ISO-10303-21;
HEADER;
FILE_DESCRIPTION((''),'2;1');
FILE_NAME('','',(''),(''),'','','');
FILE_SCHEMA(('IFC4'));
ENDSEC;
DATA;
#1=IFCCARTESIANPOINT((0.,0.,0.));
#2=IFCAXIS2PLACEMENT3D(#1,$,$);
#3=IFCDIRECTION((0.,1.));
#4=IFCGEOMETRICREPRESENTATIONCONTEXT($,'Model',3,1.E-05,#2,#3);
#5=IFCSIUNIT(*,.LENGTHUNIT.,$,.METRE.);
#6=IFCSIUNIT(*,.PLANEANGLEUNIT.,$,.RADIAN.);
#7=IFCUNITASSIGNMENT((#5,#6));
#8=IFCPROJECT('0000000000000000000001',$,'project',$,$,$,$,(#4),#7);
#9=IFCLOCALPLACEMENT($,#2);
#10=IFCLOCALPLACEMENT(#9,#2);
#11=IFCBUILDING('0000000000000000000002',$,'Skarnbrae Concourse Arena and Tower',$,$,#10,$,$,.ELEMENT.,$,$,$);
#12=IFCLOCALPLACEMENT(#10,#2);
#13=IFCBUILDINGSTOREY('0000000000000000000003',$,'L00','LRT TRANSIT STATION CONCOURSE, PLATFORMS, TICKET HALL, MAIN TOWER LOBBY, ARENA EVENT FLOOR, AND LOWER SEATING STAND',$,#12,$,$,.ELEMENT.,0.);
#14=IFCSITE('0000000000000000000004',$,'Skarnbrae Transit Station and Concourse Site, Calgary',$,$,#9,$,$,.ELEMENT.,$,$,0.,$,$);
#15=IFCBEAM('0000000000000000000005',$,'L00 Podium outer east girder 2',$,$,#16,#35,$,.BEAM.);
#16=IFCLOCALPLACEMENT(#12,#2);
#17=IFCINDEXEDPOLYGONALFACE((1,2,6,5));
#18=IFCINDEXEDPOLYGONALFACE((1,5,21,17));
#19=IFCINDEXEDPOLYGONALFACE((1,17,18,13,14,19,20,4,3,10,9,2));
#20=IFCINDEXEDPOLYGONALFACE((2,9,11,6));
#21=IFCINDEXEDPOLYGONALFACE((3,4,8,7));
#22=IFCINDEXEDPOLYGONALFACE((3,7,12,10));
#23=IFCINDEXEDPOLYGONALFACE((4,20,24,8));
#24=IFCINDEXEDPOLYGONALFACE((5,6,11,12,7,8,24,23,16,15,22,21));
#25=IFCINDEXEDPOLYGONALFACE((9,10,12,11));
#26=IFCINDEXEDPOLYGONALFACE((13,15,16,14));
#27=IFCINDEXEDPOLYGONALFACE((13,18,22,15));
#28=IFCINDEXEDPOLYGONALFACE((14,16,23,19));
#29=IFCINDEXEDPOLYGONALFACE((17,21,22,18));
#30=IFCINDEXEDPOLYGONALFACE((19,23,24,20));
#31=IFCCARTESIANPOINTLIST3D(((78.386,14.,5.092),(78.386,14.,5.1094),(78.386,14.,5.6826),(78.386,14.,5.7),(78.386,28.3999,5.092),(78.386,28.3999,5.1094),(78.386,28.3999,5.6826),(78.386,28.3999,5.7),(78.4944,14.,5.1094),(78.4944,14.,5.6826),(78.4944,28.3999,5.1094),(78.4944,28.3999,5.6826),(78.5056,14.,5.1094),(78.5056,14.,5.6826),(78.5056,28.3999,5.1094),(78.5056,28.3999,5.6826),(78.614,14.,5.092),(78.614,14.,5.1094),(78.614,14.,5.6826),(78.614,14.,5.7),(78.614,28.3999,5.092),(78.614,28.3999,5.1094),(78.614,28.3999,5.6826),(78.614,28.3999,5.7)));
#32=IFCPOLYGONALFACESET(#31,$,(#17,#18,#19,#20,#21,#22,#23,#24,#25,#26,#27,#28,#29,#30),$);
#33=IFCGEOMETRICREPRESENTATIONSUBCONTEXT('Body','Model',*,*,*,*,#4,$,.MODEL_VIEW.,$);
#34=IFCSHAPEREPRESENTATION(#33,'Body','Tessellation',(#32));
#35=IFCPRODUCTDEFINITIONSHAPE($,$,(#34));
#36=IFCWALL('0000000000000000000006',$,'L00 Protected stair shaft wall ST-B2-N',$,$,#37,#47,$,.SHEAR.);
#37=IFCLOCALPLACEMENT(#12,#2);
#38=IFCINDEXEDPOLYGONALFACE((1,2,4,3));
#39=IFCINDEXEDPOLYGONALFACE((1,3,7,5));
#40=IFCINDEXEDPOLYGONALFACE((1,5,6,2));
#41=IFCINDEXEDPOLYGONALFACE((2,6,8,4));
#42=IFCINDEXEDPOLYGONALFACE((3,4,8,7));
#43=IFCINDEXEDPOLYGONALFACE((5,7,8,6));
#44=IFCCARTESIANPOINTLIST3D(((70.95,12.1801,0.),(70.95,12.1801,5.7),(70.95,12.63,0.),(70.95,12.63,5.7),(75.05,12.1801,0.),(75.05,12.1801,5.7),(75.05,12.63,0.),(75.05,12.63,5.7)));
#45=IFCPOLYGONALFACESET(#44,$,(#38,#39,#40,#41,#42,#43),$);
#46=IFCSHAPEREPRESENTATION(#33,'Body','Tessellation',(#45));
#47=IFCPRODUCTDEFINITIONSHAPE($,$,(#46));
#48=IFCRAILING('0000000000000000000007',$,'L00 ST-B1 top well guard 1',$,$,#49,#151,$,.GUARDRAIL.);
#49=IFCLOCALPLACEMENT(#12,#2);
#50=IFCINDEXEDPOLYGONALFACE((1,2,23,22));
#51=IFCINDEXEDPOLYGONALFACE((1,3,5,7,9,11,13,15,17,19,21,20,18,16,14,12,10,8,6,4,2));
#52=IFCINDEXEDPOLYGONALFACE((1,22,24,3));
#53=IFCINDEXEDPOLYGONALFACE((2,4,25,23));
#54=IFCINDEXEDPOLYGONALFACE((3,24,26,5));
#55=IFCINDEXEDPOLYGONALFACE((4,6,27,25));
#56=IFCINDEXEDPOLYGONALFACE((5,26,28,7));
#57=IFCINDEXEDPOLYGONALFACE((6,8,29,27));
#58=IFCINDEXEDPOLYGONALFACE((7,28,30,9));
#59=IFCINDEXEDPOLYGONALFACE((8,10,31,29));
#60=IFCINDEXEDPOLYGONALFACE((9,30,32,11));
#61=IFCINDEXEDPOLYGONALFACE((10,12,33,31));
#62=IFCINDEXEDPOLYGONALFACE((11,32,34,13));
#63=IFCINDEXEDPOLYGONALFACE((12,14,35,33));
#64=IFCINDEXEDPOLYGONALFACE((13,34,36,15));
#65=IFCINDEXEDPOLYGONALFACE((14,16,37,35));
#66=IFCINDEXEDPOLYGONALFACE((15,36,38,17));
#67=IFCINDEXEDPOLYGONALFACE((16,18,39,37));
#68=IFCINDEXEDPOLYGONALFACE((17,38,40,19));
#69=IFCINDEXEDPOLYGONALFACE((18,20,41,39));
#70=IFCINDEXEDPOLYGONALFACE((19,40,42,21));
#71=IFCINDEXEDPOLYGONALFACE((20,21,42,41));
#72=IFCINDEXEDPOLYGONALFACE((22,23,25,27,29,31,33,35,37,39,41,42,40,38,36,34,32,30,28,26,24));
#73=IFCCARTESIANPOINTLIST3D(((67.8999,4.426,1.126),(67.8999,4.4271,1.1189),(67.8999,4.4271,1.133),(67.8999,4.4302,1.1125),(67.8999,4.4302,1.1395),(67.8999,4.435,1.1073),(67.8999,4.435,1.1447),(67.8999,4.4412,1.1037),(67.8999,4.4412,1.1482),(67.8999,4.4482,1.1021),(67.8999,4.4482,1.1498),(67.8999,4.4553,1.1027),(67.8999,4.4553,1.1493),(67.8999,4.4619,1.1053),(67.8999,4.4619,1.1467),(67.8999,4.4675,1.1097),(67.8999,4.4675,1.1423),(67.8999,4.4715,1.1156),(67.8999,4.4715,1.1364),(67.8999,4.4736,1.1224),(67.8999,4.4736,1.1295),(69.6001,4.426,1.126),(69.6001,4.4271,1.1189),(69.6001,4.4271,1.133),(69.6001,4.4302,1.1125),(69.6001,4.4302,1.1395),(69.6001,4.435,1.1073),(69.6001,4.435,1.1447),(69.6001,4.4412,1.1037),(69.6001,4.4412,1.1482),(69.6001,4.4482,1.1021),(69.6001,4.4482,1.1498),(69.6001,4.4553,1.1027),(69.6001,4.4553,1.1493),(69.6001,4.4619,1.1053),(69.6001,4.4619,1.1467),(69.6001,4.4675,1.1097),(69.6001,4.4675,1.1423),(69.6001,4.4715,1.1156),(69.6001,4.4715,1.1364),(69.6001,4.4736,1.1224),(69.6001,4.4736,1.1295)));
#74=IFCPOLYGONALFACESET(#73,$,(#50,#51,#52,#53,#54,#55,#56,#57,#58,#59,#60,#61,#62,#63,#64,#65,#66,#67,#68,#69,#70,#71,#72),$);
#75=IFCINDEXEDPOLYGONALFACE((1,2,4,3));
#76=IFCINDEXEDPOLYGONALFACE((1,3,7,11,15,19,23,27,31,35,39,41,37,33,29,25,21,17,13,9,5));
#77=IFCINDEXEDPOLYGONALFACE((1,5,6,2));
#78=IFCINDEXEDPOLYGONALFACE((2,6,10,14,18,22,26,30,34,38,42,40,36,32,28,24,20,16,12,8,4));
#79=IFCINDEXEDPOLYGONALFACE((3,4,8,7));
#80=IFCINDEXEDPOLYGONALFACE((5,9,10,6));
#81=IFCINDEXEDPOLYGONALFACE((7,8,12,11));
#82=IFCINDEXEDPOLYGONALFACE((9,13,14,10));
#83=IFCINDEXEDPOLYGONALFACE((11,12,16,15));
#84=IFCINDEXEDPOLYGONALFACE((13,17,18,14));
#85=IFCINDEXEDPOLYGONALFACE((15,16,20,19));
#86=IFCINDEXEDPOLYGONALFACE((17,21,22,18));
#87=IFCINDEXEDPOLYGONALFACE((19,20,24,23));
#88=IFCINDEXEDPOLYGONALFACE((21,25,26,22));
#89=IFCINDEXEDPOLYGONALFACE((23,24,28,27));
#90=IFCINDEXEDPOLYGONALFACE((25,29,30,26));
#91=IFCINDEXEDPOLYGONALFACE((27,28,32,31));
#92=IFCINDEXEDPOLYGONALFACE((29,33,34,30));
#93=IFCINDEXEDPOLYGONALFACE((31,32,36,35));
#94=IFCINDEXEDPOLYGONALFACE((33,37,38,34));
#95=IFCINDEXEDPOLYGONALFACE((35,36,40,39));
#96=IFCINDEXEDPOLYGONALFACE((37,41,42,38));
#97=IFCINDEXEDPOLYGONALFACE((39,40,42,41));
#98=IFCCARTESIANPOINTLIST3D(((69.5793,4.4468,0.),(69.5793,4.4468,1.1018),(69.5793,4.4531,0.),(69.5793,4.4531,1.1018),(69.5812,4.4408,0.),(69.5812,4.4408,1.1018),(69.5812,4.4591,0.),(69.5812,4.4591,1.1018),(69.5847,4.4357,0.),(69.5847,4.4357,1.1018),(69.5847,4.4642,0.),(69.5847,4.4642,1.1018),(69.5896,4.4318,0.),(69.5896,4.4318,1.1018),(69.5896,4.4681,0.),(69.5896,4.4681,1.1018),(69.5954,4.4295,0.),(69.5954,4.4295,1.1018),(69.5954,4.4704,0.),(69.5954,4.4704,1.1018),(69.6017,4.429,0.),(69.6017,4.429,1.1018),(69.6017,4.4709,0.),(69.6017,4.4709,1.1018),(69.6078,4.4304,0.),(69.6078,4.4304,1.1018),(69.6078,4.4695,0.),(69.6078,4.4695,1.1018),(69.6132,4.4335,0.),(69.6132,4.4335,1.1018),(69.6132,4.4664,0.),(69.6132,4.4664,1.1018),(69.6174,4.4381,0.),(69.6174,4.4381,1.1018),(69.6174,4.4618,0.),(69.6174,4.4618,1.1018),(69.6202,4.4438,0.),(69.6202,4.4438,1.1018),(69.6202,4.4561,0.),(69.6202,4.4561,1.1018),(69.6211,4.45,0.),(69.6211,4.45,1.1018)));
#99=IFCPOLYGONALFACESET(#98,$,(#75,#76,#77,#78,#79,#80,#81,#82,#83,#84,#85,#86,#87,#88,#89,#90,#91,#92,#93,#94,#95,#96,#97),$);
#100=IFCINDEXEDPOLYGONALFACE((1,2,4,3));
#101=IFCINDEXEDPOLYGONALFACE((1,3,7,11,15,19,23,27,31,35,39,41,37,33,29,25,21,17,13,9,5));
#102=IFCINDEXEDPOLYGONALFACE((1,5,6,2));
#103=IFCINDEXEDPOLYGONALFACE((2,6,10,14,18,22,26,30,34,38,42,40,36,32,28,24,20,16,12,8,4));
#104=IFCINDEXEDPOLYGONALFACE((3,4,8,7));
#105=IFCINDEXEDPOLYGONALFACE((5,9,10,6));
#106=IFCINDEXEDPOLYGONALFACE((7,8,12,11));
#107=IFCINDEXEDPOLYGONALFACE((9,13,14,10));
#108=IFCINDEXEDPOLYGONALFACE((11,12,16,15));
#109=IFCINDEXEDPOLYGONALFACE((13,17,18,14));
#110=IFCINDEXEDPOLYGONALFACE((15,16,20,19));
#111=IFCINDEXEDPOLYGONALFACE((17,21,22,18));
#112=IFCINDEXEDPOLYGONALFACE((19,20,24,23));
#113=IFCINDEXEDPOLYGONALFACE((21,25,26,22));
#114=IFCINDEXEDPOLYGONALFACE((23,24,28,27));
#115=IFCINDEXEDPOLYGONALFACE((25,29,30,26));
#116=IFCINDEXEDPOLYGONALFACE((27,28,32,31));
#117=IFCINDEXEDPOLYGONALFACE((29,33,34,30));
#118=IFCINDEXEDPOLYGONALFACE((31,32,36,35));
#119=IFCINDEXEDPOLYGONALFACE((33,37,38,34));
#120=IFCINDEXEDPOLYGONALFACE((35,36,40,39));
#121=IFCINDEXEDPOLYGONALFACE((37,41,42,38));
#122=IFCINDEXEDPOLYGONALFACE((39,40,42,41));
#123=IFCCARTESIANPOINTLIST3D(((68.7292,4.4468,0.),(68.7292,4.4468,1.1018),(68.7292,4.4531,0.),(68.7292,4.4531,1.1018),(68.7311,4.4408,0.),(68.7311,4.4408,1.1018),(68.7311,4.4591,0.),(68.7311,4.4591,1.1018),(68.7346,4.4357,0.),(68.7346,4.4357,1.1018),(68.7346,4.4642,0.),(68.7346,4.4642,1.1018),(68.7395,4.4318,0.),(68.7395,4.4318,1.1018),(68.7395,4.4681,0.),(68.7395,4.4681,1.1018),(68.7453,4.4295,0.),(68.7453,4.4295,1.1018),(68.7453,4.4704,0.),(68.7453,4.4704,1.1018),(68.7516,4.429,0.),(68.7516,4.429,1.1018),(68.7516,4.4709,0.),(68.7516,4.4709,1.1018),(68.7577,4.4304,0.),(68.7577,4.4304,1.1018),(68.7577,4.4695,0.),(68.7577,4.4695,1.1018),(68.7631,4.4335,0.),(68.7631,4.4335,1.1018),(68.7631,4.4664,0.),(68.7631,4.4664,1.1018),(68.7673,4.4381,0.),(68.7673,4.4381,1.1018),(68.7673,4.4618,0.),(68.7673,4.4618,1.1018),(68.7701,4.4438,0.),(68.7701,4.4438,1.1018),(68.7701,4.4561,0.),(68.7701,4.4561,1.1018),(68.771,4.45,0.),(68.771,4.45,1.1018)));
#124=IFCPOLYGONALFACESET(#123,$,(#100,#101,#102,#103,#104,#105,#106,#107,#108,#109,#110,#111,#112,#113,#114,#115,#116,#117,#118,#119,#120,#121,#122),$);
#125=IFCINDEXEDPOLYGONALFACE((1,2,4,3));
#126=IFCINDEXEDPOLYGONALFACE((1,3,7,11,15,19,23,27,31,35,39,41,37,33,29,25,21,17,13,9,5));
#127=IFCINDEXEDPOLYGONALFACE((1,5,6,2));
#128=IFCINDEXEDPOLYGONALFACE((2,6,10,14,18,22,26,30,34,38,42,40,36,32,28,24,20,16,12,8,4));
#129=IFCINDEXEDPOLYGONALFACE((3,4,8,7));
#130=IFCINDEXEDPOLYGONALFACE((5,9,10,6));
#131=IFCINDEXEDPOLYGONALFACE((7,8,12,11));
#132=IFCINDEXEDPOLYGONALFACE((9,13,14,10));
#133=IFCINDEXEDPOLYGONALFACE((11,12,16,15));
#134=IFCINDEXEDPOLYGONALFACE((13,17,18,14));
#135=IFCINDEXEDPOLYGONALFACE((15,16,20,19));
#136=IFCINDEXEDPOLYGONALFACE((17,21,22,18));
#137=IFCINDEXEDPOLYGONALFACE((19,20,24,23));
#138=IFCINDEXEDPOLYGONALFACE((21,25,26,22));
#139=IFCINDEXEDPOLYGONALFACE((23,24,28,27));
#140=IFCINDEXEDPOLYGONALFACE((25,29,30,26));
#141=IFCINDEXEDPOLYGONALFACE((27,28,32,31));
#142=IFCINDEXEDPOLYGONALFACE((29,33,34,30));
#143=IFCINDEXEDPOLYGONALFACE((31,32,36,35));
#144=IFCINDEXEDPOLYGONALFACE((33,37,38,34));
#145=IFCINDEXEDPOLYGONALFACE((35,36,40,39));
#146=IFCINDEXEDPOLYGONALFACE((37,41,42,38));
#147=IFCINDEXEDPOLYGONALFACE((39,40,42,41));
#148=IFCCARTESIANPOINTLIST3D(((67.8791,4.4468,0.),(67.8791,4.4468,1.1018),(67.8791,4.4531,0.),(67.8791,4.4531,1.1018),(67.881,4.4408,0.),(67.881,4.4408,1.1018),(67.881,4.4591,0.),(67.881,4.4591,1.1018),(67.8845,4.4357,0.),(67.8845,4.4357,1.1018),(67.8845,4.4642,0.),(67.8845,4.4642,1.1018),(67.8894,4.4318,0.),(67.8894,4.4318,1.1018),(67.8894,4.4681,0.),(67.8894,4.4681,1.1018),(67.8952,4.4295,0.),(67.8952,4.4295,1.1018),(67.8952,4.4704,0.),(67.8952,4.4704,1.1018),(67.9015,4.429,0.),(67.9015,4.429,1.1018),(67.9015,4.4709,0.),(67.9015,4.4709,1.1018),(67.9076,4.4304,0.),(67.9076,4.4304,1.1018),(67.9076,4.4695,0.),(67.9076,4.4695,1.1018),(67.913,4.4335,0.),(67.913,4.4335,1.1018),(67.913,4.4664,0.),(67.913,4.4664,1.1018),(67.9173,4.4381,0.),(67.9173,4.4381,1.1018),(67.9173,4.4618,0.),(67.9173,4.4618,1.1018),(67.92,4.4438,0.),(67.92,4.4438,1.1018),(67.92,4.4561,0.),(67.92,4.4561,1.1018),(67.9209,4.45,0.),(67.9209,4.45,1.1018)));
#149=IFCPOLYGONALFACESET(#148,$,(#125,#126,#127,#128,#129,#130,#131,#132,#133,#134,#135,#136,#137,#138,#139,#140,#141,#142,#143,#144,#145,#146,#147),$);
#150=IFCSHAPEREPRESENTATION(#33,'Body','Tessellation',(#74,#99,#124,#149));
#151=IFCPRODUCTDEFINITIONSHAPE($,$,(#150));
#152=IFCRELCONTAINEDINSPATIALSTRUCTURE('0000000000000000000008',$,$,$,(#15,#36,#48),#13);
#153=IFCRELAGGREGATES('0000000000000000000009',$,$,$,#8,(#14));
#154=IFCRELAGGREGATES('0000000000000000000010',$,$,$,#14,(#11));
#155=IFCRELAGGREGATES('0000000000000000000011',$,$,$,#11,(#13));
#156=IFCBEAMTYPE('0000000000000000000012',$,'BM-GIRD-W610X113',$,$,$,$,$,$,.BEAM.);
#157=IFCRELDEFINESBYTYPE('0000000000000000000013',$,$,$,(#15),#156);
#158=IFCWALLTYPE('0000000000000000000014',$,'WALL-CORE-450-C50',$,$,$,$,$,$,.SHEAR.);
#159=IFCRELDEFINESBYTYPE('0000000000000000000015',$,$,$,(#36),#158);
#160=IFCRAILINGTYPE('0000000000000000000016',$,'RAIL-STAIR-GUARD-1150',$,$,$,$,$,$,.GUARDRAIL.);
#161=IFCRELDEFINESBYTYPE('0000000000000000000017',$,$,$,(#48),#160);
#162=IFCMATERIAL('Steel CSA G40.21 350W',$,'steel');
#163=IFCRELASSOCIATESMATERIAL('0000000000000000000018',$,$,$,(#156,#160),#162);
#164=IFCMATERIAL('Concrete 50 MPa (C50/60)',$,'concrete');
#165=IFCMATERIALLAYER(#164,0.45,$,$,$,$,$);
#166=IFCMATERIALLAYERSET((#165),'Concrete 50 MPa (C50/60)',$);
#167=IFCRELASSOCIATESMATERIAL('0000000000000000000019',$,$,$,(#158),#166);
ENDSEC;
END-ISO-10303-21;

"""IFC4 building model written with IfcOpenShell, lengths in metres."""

from ifc_helpers import new_model, si_unit, direction, frame, frame_2d, origin, origin_2d, place, context, subcontext, project, spatial, rectangle, circle, i_section, extrude, source, transform, mapped, material, layer, layer_set, material_profile, profile_set, type_object, element, save


model = new_model("IFC4")

# Units and contexts
model_context = context("Model", 3, precision=1e-05, world=origin(), true_north=direction((0.0, 1.0)))
body_context = subcontext(model_context, "Body", "Model", "MODEL_VIEW")
ifc_project = project(units=[si_unit("LENGTHUNIT", "METRE"), si_unit("PLANEANGLEUNIT", "RADIAN")], contexts=[model_context])

# Site, building, storey
site_placement = place(None, origin())
site = spatial("IfcSite", under=ifc_project, at=site_placement, Name="Skarnbrae Transit Station and Concourse Site, Calgary", CompositionType="ELEMENT", RefElevation=0.0)
building_placement = place(site_placement, origin())
building = spatial("IfcBuilding", under=site, at=building_placement, Name="Skarnbrae Concourse Arena and Tower", CompositionType="ELEMENT")
storey_placement = place(building_placement, origin())
storey = spatial("IfcBuildingStorey", under=building, at=storey_placement, Name="L00", Description="LRT TRANSIT STATION CONCOURSE, PLATFORMS, TICKET HALL, MAIN TOWER LOBBY, ARENA EVENT FLOOR, AND LOWER SEATING STAND", CompositionType="ELEMENT", Elevation=0.0)

# Shared definitions
ifc_material_1 = material(Name="Steel CSA G40.21 350W", Category="steel")

# Beam
ifc_material_profile_1 = material_profile(ifc_material_1, i_section(OverallWidth=0.228, OverallDepth=0.6079, WebThickness=0.0112, FlangeThickness=0.0173, at=origin_2d()), Name="W610X113")
ifc_profile_set_1 = profile_set([ifc_material_profile_1], Name="Steel CSA G40.21 350W")
beam_type = type_object("IfcBeamType", Name="BM-GIRD-W610X113", PredefinedType="BEAM", material=ifc_profile_set_1)
shared_shape_1 = source(origin(), body_context, "Body", "SweptSolid", [
    extrude(i_section(OverallWidth=0.228, OverallDepth=0.6079, WebThickness=0.0112, FlangeThickness=0.0173, at=origin_2d()), origin(), (0.0, 0.0, 1.0), 14.3999),
])
beam_1_placement = place(storey_placement, frame((78.5, 14.0, 5.396), z_axis=(0.0, 1.0, 0.0), x_axis=(-1.0, 0.0, 0.0)))
element("IfcBeam", 1, at=beam_1_placement, inside=storey, type_object=beam_type, Name="L00 Podium outer east girder 2", PredefinedType="BEAM", context=body_context, shape_type="MappedRepresentation", body=[
    mapped(shared_shape_1, transform((0.0, 0.0, 0.0))),
])

# Wall
ifc_material_2 = material(Name="Concrete 50 MPa (C50/60)", Category="concrete")
ifc_layer = layer(ifc_material_2, 0.45)
ifc_layer_set = layer_set([ifc_layer], Name="Concrete 50 MPa (C50/60)")
wall_type = type_object("IfcWallType", Name="WALL-CORE-450-C50", PredefinedType="SHEAR", material=ifc_layer_set)
shared_shape_2 = source(origin(), body_context, "Body", "SweptSolid", [
    extrude(rectangle(XDim=4.1001, YDim=0.45, at=frame_2d((2.05, 0.0))), origin(), (0.0, 0.0, 1.0), 5.7),
])
wall_placement = place(storey_placement, frame((70.95, 12.405, 0.0), z_axis=(0.0, 0.0, 1.0), x_axis=(1.0, 0.0, 0.0)))
element("IfcWall", 2, at=wall_placement, inside=storey, type_object=wall_type, Name="L00 Protected stair shaft wall ST-B2-N", PredefinedType="SHEAR", context=body_context, shape_type="MappedRepresentation", body=[
    mapped(shared_shape_2, transform((0.0, 0.0, 0.0))),
])

# Railing
railing_type_1 = type_object("IfcRailingType", Name="RAIL-STAIR-GUARD-1150", PredefinedType="GUARDRAIL", material=ifc_material_1)
for number, where, name in (
    (3, (69.6001, 4.45, 0.0), "L00 ST-B1 top well guard 1"),
):
    element("IfcRailing", number, at=place(storey_placement, frame(where)), inside=storey, type_object=railing_type_1, Name=name, PredefinedType="GUARDRAIL", context=body_context, shape_type="SweptSolid", body=[
        extrude(circle(Radius=0.0239, at=origin_2d()), frame((0.0, 0.0, 1.126), z_axis=(-1.0, 0.0, 0.0), x_axis=(0.0, -1.0, 0.0)), (0.0, 0.0, 1.0), 1.7002),
        extrude(circle(Radius=0.021, at=origin_2d()), origin(), (0.0, 0.0, 1.0), 1.1018),
        extrude(circle(Radius=0.021, at=origin_2d()), frame((-0.8501, 0.0, 0.0)), (0.0, 0.0, 1.0), 1.1018),
        extrude(circle(Radius=0.021, at=origin_2d()), frame((-1.7002, 0.0, 0.0)), (0.0, 0.0, 1.0), 1.1018),
    ])

save(model, "model.ifc")
